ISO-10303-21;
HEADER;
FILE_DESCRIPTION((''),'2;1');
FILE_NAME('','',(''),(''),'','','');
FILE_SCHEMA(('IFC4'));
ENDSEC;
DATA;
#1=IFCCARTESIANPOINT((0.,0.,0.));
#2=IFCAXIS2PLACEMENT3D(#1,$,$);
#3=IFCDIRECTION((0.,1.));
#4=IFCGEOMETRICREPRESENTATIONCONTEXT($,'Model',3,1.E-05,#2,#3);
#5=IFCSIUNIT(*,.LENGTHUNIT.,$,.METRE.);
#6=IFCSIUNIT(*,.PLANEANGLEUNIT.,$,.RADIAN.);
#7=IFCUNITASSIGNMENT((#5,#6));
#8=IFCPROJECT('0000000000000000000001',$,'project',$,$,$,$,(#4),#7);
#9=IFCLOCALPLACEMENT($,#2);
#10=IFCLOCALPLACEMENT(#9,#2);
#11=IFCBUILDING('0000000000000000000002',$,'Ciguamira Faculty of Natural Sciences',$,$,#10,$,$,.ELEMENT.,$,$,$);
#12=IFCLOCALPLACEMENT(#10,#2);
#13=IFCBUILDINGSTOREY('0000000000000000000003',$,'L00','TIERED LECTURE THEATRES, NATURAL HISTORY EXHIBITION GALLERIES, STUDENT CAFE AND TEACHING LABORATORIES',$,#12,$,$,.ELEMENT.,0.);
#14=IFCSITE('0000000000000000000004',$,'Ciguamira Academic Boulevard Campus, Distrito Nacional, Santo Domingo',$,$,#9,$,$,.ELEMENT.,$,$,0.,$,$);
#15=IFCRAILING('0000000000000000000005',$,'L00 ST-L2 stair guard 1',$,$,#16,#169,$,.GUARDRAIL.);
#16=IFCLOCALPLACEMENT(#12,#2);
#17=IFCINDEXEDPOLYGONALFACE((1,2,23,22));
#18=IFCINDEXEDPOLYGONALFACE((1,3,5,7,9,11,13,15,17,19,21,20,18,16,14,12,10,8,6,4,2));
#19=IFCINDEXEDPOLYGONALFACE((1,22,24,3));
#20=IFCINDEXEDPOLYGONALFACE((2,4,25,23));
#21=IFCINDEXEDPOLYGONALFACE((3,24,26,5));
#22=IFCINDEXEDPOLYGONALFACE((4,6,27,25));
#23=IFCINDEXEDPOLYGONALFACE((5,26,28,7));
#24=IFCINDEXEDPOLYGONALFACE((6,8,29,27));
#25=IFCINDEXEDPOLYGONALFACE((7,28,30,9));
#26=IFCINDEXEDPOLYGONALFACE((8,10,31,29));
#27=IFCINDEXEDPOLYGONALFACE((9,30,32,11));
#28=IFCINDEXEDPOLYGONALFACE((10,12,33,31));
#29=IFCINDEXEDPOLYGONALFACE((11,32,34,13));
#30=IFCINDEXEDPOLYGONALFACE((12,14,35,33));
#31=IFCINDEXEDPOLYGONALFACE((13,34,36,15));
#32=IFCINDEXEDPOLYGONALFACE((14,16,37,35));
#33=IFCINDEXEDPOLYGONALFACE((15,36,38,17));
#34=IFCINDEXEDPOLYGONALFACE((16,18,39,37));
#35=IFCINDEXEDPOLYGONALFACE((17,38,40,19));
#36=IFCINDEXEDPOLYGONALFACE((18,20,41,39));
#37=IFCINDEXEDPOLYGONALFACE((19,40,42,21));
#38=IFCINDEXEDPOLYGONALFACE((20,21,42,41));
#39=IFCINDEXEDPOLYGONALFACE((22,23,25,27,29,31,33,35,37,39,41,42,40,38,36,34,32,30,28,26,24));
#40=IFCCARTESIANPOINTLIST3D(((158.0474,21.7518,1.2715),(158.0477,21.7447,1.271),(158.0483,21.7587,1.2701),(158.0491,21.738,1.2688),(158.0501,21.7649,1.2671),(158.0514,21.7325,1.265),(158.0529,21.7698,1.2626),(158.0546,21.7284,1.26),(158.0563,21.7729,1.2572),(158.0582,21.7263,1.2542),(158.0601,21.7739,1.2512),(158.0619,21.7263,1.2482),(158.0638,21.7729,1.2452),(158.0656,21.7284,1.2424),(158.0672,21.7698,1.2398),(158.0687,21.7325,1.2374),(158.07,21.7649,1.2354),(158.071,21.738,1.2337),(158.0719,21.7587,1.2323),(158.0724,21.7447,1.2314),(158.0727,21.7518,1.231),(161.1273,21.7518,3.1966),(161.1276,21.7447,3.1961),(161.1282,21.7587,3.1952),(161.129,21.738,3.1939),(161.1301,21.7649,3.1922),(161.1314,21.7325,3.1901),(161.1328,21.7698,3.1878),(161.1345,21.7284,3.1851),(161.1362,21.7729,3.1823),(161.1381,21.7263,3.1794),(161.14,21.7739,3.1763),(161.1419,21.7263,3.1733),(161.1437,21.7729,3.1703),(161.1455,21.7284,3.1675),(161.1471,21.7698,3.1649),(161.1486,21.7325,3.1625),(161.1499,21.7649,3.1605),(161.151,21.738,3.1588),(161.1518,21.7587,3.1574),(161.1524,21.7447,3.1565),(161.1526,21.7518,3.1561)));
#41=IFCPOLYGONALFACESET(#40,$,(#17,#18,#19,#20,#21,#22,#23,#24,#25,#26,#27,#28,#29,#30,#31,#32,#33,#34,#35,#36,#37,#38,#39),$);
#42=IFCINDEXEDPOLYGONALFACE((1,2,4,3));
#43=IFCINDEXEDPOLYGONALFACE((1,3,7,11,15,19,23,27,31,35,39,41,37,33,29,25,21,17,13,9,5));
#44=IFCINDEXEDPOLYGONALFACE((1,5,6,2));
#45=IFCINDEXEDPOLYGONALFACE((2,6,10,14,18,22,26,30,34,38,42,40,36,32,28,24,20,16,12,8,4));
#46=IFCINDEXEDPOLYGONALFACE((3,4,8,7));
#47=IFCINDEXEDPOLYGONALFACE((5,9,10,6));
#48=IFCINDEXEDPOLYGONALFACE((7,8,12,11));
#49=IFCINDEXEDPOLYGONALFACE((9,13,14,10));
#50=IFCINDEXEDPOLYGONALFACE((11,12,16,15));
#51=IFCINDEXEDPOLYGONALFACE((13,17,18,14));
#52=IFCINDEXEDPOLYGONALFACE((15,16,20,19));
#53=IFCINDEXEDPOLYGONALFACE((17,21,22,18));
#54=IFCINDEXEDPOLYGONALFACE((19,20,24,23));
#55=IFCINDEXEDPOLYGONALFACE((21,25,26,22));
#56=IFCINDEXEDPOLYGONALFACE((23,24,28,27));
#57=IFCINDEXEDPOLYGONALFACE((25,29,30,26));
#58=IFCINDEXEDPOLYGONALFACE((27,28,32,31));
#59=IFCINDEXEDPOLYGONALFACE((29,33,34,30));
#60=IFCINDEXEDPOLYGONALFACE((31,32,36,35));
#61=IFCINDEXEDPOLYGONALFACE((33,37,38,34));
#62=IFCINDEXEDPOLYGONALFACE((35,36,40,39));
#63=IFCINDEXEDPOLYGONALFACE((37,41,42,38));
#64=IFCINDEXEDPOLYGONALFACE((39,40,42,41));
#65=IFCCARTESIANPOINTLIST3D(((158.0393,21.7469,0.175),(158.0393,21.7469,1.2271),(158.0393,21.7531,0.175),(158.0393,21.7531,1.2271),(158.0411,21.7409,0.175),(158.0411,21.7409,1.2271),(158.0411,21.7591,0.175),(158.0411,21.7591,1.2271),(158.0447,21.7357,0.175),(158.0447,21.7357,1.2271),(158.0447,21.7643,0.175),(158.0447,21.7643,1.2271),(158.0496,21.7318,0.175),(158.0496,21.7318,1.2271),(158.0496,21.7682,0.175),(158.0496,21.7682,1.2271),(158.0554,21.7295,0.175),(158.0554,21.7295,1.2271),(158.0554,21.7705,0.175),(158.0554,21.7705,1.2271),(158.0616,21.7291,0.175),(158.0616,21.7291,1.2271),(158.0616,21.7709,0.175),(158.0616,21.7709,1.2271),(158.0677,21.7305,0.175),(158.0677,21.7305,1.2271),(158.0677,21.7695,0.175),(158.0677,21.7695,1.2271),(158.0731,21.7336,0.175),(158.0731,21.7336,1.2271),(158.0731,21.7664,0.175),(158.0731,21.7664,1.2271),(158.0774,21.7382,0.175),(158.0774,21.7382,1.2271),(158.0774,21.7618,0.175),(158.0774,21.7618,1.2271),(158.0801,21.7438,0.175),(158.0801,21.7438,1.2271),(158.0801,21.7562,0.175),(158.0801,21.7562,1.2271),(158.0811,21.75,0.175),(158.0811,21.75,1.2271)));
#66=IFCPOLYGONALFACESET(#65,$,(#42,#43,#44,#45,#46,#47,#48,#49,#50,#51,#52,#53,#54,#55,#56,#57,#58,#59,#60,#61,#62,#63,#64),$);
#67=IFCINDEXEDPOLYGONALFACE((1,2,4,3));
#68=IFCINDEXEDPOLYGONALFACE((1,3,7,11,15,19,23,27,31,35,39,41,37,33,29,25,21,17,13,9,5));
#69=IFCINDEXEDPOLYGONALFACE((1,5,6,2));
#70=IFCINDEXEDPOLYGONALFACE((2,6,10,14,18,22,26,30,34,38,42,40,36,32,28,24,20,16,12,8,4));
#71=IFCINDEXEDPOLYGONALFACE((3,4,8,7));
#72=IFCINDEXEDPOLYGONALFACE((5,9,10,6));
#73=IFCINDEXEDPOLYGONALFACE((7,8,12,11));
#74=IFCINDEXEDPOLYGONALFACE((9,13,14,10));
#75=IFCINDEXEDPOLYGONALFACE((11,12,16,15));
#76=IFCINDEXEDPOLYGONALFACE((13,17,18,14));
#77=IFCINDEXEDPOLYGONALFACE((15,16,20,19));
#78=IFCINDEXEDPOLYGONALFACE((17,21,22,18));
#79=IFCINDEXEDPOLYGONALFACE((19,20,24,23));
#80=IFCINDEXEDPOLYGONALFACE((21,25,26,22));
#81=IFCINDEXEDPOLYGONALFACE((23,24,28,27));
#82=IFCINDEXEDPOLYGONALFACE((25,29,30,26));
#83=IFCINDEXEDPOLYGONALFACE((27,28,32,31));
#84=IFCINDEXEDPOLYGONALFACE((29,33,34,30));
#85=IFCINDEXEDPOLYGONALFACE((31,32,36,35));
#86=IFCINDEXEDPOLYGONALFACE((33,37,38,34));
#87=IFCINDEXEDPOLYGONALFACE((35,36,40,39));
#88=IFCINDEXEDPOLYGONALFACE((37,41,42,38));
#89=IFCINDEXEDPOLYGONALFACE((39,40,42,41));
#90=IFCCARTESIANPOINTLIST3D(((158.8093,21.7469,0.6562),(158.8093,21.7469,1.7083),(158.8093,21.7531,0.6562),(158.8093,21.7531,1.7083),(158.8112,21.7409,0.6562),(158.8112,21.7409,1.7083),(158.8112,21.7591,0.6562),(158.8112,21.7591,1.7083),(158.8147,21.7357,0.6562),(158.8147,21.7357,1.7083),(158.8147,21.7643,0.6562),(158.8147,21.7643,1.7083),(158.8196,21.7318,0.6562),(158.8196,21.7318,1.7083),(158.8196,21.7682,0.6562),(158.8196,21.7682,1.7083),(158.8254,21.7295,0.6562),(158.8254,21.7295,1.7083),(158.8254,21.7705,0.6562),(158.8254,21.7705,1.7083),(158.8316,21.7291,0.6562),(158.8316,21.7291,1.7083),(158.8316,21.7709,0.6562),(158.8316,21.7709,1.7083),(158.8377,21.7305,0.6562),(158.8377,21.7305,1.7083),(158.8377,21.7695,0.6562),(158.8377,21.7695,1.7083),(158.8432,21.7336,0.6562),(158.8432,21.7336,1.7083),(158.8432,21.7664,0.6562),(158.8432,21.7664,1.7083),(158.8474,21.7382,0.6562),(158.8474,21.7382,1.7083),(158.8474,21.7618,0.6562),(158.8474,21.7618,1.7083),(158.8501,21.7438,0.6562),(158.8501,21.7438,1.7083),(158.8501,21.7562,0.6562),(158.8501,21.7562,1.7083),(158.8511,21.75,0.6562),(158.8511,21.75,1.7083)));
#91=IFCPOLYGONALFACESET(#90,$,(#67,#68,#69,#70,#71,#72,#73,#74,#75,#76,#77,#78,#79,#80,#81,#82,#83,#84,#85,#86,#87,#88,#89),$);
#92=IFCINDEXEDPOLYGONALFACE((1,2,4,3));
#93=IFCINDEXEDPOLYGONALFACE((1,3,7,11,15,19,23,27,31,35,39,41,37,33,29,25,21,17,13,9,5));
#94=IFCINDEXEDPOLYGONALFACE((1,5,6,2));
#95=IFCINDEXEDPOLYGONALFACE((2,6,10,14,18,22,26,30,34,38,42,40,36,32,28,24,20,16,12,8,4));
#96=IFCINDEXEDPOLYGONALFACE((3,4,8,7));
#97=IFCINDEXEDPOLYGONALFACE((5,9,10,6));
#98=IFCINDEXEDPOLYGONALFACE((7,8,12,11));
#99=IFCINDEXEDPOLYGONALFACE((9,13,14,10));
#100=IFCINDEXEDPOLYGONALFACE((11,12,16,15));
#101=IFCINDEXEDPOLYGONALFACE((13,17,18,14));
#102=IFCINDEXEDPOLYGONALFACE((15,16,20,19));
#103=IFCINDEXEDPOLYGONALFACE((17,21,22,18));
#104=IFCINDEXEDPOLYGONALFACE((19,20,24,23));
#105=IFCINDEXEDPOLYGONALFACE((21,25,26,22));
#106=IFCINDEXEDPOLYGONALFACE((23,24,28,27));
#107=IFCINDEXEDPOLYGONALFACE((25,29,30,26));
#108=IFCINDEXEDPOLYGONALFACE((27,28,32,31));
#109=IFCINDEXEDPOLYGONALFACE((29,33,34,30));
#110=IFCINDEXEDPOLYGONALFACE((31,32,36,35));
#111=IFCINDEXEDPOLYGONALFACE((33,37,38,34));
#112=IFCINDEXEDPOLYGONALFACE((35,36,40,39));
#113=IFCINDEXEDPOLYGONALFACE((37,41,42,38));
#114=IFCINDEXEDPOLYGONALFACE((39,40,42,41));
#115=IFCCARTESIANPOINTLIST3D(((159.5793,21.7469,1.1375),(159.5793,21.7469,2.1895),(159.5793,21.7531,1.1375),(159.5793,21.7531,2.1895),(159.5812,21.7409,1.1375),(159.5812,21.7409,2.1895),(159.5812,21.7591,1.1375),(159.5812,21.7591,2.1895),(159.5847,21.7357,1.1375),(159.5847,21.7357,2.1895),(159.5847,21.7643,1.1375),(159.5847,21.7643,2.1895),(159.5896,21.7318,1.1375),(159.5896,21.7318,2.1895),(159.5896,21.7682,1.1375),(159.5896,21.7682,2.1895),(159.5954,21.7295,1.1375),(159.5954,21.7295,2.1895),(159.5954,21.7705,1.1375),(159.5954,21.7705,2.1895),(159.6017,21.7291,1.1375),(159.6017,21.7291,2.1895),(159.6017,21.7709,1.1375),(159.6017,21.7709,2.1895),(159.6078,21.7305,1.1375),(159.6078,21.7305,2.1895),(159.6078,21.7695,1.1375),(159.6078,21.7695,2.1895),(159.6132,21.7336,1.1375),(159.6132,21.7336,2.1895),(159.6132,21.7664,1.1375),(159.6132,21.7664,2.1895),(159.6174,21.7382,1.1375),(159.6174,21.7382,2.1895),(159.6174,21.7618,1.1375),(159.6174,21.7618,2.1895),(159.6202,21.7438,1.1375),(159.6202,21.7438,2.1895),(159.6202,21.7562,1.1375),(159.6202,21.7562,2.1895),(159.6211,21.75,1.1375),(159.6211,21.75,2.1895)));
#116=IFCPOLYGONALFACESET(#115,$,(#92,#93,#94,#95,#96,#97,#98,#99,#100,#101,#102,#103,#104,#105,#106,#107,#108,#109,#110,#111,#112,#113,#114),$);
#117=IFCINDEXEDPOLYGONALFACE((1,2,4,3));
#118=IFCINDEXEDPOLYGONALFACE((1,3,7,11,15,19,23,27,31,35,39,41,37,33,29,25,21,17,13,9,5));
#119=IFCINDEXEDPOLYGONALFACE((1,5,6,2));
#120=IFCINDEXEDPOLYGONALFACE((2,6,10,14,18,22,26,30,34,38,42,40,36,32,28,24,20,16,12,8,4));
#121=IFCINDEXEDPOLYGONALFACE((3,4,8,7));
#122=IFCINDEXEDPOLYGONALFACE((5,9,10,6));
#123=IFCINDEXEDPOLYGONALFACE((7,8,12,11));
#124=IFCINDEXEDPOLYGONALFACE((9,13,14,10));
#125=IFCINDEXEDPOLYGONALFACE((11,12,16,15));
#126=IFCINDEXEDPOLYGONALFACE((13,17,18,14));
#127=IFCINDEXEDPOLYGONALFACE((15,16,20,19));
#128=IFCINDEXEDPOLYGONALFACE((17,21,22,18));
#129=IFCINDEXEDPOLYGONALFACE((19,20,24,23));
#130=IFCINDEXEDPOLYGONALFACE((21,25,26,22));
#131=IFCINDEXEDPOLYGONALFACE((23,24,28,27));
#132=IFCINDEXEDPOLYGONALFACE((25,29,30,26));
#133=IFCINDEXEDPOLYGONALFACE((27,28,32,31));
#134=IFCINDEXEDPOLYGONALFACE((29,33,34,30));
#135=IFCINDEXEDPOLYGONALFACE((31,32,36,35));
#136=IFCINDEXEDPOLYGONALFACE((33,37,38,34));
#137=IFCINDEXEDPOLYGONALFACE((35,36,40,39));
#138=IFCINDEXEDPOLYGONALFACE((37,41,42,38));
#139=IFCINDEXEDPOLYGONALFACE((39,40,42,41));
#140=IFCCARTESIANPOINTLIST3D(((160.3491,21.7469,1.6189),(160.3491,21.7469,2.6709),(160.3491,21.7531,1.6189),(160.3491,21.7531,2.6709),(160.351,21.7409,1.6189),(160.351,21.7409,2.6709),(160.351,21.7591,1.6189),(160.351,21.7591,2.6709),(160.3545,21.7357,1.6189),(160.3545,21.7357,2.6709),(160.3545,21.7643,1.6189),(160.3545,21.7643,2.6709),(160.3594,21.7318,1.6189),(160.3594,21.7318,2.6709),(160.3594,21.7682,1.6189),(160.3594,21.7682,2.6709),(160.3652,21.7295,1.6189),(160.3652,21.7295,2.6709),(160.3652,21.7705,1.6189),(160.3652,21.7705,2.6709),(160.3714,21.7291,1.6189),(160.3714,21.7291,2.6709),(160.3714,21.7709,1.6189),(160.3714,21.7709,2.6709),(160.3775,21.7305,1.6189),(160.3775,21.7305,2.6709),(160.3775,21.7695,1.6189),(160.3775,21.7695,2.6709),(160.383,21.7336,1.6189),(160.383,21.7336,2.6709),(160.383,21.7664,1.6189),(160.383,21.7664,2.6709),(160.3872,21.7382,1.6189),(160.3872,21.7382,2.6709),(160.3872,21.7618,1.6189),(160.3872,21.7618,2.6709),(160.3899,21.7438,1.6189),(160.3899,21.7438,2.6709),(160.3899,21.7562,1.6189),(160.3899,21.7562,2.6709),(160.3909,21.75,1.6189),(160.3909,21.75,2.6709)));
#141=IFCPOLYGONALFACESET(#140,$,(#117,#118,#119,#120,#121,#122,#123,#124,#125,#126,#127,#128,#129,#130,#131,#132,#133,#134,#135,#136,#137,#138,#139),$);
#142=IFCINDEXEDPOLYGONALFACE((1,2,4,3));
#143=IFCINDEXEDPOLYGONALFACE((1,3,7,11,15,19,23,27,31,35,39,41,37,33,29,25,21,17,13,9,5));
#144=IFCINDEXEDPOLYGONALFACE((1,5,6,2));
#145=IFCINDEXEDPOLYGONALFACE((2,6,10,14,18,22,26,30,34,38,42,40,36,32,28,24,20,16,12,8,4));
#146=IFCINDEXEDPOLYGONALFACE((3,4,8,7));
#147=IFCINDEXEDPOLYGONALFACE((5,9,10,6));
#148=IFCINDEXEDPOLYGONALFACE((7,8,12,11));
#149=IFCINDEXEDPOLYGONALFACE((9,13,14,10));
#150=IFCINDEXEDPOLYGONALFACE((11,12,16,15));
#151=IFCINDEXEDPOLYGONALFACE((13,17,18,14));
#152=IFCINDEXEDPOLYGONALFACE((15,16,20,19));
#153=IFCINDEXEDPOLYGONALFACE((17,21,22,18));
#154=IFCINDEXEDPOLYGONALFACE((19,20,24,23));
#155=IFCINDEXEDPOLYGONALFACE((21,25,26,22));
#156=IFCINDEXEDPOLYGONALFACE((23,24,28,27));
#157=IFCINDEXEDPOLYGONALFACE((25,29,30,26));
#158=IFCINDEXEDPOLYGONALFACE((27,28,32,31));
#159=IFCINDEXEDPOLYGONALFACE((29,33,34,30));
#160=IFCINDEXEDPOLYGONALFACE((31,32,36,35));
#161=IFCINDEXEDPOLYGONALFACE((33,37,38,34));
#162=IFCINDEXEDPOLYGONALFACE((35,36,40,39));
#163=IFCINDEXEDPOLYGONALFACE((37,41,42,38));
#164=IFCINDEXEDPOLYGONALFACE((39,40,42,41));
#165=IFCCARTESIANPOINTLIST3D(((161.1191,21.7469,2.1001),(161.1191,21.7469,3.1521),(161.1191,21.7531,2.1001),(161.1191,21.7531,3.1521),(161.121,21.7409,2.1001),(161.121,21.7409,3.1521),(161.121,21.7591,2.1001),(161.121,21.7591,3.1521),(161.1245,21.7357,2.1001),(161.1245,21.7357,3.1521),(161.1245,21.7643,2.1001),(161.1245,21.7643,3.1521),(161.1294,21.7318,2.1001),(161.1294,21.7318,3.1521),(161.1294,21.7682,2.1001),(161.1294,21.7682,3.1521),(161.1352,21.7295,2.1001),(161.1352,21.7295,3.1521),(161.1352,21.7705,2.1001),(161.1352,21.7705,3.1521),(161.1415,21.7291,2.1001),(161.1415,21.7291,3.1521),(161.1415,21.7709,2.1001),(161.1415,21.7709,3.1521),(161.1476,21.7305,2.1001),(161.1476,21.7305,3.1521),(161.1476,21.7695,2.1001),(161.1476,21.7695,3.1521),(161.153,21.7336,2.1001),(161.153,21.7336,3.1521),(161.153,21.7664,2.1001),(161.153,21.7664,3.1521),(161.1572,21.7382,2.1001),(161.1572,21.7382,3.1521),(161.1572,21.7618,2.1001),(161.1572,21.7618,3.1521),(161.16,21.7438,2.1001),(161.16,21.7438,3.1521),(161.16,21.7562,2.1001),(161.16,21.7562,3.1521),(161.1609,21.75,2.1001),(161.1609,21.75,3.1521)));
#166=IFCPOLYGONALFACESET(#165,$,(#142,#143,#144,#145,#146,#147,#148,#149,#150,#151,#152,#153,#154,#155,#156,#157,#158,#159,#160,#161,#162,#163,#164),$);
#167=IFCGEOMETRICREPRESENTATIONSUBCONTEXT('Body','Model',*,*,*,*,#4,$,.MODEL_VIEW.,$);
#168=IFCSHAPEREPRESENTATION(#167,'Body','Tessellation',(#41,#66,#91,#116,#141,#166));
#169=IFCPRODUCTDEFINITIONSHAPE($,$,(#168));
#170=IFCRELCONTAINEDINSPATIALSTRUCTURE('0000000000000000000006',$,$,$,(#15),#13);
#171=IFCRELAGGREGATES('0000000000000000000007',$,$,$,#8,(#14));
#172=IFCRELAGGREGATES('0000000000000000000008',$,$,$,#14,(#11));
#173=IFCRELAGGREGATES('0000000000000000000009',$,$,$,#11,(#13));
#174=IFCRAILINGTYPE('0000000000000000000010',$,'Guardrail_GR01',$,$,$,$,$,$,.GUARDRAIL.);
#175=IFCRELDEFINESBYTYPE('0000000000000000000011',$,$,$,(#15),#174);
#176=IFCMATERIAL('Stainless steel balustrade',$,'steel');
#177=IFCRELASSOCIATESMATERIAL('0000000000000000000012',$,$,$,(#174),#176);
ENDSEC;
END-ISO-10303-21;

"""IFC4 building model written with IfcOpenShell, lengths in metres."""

from ifc_helpers import new_model, si_unit, direction, frame, origin, origin_2d, place, context, subcontext, project, spatial, circle, extrude, material, type_object, element, save


model = new_model("IFC4")

# Units and contexts
model_context = context("Model", 3, precision=1e-05, world=origin(), true_north=direction((0.0, 1.0)))
body_context = subcontext(model_context, "Body", "Model", "MODEL_VIEW")
ifc_project = project(units=[si_unit("LENGTHUNIT", "METRE"), si_unit("PLANEANGLEUNIT", "RADIAN")], contexts=[model_context])

# Site, building, storey
site_placement = place(None, origin())
site = spatial("IfcSite", under=ifc_project, at=site_placement, Name="Ciguamira Academic Boulevard Campus, Distrito Nacional, Santo Domingo", CompositionType="ELEMENT", RefElevation=0.0)
building_placement = place(site_placement, origin())
building = spatial("IfcBuilding", under=site, at=building_placement, Name="Ciguamira Faculty of Natural Sciences", CompositionType="ELEMENT")
storey_placement = place(building_placement, origin())
storey = spatial("IfcBuildingStorey", under=building, at=storey_placement, Name="L00", Description="TIERED LECTURE THEATRES, NATURAL HISTORY EXHIBITION GALLERIES, STUDENT CAFE AND TEACHING LABORATORIES", CompositionType="ELEMENT", Elevation=0.0)

# Railing
ifc_material_1 = material(Name="Stainless steel balustrade", Category="steel")
railing_type_1 = type_object("IfcRailingType", Name="Guardrail_GR01", PredefinedType="GUARDRAIL", material=ifc_material_1)
railing_1_placement = place(storey_placement, frame((158.0601, 21.75, 0.175)))
element("IfcRailing", 1, at=railing_1_placement, inside=storey, type_object=railing_type_1, Name="L00 ST-L2 stair guard 1", PredefinedType="GUARDRAIL", context=body_context, shape_type="SweptSolid", body=[
    extrude(circle(Radius=0.0239, at=origin_2d()), frame((0.0, 0.0, 1.0762), z_axis=(0.847979, 0.0, 0.530029), x_axis=(0.0, 1.0, 0.0)), (0.0, 0.0, 1.0), 3.6321),
    extrude(circle(Radius=0.021, at=origin_2d()), origin(), (0.0, 0.0, 1.0), 1.052),
    extrude(circle(Radius=0.021, at=origin_2d()), frame((0.77, 0.0, 0.4812)), (0.0, 0.0, 1.0), 1.052),
    extrude(circle(Radius=0.021, at=origin_2d()), frame((1.54, 0.0, 0.9624)), (0.0, 0.0, 1.0), 1.052),
    extrude(circle(Radius=0.021, at=origin_2d()), frame((2.3098, 0.0, 1.4438)), (0.0, 0.0, 1.0), 1.052),
    extrude(circle(Radius=0.021, at=origin_2d()), frame((3.0798, 0.0, 1.925)), (0.0, 0.0, 1.0), 1.052),
])

save(model, "model.ifc")
